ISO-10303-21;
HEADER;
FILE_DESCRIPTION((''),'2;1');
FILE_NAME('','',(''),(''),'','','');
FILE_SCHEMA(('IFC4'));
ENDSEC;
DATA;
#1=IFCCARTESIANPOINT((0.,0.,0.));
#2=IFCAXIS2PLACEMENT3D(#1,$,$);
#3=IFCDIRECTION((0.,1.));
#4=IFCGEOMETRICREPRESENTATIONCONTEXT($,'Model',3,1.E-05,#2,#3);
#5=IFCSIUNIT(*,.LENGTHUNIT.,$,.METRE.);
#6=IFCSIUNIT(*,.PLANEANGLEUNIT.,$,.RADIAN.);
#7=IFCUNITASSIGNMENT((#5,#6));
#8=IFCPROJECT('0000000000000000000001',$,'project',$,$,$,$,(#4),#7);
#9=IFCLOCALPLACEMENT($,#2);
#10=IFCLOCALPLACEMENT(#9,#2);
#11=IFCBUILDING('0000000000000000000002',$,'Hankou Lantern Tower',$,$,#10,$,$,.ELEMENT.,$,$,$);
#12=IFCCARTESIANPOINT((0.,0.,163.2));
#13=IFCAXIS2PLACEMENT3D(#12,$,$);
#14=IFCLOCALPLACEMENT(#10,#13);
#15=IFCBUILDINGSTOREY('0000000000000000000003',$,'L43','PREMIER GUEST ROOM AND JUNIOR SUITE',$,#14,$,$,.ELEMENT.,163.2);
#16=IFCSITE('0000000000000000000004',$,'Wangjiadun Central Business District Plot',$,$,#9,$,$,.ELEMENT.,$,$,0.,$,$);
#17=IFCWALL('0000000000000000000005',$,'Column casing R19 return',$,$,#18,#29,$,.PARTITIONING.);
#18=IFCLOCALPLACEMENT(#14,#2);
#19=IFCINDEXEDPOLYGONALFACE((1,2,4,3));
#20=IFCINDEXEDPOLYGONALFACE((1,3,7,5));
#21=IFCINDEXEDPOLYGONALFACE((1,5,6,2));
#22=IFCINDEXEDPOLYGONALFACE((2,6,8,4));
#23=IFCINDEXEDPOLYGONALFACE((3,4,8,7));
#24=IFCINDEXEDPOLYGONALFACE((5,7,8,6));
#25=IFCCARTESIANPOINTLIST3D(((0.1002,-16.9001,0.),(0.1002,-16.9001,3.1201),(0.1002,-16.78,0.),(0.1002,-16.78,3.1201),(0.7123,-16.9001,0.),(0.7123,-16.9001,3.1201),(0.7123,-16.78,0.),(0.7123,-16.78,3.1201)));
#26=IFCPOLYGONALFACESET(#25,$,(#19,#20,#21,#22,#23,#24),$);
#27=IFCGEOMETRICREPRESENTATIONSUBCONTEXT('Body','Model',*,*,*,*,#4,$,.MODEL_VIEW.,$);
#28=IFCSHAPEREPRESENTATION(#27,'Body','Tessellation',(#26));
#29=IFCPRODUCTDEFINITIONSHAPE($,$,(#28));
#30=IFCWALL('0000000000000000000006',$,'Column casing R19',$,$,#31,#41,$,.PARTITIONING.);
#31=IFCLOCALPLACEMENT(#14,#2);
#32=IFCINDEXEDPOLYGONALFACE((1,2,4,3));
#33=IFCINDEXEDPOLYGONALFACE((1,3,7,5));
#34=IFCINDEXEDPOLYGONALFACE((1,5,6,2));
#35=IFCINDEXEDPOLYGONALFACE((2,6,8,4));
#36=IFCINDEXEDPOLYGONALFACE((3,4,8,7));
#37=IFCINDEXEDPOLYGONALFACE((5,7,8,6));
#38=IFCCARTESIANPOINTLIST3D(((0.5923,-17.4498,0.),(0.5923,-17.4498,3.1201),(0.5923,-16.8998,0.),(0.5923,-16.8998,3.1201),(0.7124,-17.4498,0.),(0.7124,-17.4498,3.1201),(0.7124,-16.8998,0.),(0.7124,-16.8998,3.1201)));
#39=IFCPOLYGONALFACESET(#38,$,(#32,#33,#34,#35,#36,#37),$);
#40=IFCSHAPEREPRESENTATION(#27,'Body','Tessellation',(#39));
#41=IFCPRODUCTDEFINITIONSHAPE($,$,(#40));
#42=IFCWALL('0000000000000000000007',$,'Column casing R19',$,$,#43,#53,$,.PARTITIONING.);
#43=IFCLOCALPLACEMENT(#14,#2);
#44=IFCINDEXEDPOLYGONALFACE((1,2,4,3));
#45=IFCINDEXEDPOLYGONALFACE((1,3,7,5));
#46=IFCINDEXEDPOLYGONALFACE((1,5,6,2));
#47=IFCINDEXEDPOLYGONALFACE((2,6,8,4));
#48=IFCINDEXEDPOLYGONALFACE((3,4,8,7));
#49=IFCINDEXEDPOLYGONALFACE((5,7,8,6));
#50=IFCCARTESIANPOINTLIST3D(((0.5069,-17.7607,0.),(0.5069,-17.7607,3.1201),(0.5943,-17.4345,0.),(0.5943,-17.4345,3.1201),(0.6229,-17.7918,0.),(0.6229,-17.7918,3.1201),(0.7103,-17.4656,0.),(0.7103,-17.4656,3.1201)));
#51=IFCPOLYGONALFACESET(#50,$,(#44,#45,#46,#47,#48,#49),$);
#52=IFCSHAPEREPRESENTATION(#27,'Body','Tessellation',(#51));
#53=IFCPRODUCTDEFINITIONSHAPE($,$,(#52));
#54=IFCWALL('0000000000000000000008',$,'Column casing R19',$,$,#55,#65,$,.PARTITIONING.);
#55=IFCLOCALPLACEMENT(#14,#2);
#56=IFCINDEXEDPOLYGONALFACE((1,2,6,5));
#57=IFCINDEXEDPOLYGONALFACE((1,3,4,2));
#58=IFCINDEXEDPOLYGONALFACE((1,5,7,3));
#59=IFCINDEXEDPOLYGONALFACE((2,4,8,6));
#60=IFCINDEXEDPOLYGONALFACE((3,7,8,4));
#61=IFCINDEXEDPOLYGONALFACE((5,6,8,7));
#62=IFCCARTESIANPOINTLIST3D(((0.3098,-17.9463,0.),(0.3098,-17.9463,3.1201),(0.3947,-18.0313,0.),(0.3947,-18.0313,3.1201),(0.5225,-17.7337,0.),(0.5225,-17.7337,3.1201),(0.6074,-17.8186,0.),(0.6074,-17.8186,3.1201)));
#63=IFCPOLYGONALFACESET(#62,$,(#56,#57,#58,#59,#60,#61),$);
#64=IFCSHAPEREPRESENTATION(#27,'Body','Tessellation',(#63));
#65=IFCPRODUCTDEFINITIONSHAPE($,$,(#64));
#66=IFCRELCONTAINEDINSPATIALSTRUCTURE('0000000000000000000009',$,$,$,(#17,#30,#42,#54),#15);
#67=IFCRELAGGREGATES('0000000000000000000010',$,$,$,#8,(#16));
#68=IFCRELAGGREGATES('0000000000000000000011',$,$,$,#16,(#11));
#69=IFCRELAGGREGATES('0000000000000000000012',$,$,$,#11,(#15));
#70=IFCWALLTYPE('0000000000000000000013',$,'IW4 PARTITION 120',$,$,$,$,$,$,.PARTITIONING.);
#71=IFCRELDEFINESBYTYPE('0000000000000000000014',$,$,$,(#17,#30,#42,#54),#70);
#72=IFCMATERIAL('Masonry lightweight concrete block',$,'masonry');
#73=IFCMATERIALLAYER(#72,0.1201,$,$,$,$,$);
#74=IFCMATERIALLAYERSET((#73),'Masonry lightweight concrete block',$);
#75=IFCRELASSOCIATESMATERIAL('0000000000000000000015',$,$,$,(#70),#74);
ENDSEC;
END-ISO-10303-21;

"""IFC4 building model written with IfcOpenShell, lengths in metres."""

from ifc_helpers import new_model, si_unit, direction, frame, frame_2d, origin, place, context, subcontext, project, spatial, rectangle, extrude, material, layer, layer_set, type_object, element, save


model = new_model("IFC4")

# Units and contexts
model_context = context("Model", 3, precision=1e-05, world=origin(), true_north=direction((0.0, 1.0)))
body_context = subcontext(model_context, "Body", "Model", "MODEL_VIEW")
ifc_project = project(units=[si_unit("LENGTHUNIT", "METRE"), si_unit("PLANEANGLEUNIT", "RADIAN")], contexts=[model_context])

# Site, building, storey
site_placement = place(None, origin())
site = spatial("IfcSite", under=ifc_project, at=site_placement, Name="Wangjiadun Central Business District Plot", CompositionType="ELEMENT", RefElevation=0.0)
building_placement = place(site_placement, origin())
building = spatial("IfcBuilding", under=site, at=building_placement, Name="Hankou Lantern Tower", CompositionType="ELEMENT")
storey_placement = place(building_placement, frame((0.0, 0.0, 163.2)))
storey = spatial("IfcBuildingStorey", under=building, at=storey_placement, Name="L43", Description="PREMIER GUEST ROOM AND JUNIOR SUITE", CompositionType="ELEMENT", Elevation=163.2)

# Walls
ifc_material_1 = material(Name="Masonry lightweight concrete block", Category="masonry")
ifc_layer_1 = layer(ifc_material_1, 0.1201)
ifc_layer_set_1 = layer_set([ifc_layer_1], Name="Masonry lightweight concrete block")
wall_type_1 = type_object("IfcWallType", Name="IW4 PARTITION 120", PredefinedType="PARTITIONING", material=ifc_layer_set_1)
wall_1_placement = place(storey_placement, frame((0.1001, -16.8401, 0.0), z_axis=(0.0, 0.0, 1.0), x_axis=(1.0, 0.0, 0.0)))
element("IfcWall", 1, at=wall_1_placement, inside=storey, type_object=wall_type_1, Name="Column casing R19 return", PredefinedType="PARTITIONING", context=body_context, shape_type="SweptSolid", body=[
    extrude(rectangle(XDim=0.6121, YDim=0.1201, at=frame_2d((0.3062, 0.0))), origin(), (0.0, 0.0, 1.0), 3.1201),
])
wall_2_placement = place(storey_placement, frame((0.6523, -16.8999, 0.0), z_axis=(0.0, 0.0, 1.0), x_axis=(0.0, -1.0, 0.0)))
element("IfcWall", 2, at=wall_2_placement, inside=storey, type_object=wall_type_1, Name="Column casing R19", PredefinedType="PARTITIONING", context=body_context, shape_type="SweptSolid", body=[
    extrude(rectangle(XDim=0.55, YDim=0.1201, at=frame_2d((0.2749, 0.0))), origin(), (0.0, 0.0, 1.0), 3.1201),
])
wall_3_placement = place(storey_placement, frame((0.6523, -17.45, 0.0), z_axis=(0.0, 0.0, 1.0), x_axis=(-0.258832, -0.965922, 0.0)))
element("IfcWall", 3, at=wall_3_placement, inside=storey, type_object=wall_type_1, Name="Column casing R19", PredefinedType="PARTITIONING", context=body_context, shape_type="SweptSolid", body=[
    extrude(rectangle(XDim=0.3376, YDim=0.1201, at=frame_2d((0.1689, 0.0))), origin(), (0.0, 0.0, 1.0), 3.1201),
])
wall_4_placement = place(storey_placement, frame((0.5649, -17.7761, 0.0), z_axis=(0.0, 0.0, 1.0), x_axis=(-0.707107, -0.707107, 0.0)))
element("IfcWall", 4, at=wall_4_placement, inside=storey, type_object=wall_type_1, Name="Column casing R19", PredefinedType="PARTITIONING", context=body_context, shape_type="SweptSolid", body=[
    extrude(rectangle(XDim=0.3008, YDim=0.1201, at=frame_2d((0.1504, 0.0))), origin(), (0.0, 0.0, 1.0), 3.1201),
])

save(model, "model.ifc")
